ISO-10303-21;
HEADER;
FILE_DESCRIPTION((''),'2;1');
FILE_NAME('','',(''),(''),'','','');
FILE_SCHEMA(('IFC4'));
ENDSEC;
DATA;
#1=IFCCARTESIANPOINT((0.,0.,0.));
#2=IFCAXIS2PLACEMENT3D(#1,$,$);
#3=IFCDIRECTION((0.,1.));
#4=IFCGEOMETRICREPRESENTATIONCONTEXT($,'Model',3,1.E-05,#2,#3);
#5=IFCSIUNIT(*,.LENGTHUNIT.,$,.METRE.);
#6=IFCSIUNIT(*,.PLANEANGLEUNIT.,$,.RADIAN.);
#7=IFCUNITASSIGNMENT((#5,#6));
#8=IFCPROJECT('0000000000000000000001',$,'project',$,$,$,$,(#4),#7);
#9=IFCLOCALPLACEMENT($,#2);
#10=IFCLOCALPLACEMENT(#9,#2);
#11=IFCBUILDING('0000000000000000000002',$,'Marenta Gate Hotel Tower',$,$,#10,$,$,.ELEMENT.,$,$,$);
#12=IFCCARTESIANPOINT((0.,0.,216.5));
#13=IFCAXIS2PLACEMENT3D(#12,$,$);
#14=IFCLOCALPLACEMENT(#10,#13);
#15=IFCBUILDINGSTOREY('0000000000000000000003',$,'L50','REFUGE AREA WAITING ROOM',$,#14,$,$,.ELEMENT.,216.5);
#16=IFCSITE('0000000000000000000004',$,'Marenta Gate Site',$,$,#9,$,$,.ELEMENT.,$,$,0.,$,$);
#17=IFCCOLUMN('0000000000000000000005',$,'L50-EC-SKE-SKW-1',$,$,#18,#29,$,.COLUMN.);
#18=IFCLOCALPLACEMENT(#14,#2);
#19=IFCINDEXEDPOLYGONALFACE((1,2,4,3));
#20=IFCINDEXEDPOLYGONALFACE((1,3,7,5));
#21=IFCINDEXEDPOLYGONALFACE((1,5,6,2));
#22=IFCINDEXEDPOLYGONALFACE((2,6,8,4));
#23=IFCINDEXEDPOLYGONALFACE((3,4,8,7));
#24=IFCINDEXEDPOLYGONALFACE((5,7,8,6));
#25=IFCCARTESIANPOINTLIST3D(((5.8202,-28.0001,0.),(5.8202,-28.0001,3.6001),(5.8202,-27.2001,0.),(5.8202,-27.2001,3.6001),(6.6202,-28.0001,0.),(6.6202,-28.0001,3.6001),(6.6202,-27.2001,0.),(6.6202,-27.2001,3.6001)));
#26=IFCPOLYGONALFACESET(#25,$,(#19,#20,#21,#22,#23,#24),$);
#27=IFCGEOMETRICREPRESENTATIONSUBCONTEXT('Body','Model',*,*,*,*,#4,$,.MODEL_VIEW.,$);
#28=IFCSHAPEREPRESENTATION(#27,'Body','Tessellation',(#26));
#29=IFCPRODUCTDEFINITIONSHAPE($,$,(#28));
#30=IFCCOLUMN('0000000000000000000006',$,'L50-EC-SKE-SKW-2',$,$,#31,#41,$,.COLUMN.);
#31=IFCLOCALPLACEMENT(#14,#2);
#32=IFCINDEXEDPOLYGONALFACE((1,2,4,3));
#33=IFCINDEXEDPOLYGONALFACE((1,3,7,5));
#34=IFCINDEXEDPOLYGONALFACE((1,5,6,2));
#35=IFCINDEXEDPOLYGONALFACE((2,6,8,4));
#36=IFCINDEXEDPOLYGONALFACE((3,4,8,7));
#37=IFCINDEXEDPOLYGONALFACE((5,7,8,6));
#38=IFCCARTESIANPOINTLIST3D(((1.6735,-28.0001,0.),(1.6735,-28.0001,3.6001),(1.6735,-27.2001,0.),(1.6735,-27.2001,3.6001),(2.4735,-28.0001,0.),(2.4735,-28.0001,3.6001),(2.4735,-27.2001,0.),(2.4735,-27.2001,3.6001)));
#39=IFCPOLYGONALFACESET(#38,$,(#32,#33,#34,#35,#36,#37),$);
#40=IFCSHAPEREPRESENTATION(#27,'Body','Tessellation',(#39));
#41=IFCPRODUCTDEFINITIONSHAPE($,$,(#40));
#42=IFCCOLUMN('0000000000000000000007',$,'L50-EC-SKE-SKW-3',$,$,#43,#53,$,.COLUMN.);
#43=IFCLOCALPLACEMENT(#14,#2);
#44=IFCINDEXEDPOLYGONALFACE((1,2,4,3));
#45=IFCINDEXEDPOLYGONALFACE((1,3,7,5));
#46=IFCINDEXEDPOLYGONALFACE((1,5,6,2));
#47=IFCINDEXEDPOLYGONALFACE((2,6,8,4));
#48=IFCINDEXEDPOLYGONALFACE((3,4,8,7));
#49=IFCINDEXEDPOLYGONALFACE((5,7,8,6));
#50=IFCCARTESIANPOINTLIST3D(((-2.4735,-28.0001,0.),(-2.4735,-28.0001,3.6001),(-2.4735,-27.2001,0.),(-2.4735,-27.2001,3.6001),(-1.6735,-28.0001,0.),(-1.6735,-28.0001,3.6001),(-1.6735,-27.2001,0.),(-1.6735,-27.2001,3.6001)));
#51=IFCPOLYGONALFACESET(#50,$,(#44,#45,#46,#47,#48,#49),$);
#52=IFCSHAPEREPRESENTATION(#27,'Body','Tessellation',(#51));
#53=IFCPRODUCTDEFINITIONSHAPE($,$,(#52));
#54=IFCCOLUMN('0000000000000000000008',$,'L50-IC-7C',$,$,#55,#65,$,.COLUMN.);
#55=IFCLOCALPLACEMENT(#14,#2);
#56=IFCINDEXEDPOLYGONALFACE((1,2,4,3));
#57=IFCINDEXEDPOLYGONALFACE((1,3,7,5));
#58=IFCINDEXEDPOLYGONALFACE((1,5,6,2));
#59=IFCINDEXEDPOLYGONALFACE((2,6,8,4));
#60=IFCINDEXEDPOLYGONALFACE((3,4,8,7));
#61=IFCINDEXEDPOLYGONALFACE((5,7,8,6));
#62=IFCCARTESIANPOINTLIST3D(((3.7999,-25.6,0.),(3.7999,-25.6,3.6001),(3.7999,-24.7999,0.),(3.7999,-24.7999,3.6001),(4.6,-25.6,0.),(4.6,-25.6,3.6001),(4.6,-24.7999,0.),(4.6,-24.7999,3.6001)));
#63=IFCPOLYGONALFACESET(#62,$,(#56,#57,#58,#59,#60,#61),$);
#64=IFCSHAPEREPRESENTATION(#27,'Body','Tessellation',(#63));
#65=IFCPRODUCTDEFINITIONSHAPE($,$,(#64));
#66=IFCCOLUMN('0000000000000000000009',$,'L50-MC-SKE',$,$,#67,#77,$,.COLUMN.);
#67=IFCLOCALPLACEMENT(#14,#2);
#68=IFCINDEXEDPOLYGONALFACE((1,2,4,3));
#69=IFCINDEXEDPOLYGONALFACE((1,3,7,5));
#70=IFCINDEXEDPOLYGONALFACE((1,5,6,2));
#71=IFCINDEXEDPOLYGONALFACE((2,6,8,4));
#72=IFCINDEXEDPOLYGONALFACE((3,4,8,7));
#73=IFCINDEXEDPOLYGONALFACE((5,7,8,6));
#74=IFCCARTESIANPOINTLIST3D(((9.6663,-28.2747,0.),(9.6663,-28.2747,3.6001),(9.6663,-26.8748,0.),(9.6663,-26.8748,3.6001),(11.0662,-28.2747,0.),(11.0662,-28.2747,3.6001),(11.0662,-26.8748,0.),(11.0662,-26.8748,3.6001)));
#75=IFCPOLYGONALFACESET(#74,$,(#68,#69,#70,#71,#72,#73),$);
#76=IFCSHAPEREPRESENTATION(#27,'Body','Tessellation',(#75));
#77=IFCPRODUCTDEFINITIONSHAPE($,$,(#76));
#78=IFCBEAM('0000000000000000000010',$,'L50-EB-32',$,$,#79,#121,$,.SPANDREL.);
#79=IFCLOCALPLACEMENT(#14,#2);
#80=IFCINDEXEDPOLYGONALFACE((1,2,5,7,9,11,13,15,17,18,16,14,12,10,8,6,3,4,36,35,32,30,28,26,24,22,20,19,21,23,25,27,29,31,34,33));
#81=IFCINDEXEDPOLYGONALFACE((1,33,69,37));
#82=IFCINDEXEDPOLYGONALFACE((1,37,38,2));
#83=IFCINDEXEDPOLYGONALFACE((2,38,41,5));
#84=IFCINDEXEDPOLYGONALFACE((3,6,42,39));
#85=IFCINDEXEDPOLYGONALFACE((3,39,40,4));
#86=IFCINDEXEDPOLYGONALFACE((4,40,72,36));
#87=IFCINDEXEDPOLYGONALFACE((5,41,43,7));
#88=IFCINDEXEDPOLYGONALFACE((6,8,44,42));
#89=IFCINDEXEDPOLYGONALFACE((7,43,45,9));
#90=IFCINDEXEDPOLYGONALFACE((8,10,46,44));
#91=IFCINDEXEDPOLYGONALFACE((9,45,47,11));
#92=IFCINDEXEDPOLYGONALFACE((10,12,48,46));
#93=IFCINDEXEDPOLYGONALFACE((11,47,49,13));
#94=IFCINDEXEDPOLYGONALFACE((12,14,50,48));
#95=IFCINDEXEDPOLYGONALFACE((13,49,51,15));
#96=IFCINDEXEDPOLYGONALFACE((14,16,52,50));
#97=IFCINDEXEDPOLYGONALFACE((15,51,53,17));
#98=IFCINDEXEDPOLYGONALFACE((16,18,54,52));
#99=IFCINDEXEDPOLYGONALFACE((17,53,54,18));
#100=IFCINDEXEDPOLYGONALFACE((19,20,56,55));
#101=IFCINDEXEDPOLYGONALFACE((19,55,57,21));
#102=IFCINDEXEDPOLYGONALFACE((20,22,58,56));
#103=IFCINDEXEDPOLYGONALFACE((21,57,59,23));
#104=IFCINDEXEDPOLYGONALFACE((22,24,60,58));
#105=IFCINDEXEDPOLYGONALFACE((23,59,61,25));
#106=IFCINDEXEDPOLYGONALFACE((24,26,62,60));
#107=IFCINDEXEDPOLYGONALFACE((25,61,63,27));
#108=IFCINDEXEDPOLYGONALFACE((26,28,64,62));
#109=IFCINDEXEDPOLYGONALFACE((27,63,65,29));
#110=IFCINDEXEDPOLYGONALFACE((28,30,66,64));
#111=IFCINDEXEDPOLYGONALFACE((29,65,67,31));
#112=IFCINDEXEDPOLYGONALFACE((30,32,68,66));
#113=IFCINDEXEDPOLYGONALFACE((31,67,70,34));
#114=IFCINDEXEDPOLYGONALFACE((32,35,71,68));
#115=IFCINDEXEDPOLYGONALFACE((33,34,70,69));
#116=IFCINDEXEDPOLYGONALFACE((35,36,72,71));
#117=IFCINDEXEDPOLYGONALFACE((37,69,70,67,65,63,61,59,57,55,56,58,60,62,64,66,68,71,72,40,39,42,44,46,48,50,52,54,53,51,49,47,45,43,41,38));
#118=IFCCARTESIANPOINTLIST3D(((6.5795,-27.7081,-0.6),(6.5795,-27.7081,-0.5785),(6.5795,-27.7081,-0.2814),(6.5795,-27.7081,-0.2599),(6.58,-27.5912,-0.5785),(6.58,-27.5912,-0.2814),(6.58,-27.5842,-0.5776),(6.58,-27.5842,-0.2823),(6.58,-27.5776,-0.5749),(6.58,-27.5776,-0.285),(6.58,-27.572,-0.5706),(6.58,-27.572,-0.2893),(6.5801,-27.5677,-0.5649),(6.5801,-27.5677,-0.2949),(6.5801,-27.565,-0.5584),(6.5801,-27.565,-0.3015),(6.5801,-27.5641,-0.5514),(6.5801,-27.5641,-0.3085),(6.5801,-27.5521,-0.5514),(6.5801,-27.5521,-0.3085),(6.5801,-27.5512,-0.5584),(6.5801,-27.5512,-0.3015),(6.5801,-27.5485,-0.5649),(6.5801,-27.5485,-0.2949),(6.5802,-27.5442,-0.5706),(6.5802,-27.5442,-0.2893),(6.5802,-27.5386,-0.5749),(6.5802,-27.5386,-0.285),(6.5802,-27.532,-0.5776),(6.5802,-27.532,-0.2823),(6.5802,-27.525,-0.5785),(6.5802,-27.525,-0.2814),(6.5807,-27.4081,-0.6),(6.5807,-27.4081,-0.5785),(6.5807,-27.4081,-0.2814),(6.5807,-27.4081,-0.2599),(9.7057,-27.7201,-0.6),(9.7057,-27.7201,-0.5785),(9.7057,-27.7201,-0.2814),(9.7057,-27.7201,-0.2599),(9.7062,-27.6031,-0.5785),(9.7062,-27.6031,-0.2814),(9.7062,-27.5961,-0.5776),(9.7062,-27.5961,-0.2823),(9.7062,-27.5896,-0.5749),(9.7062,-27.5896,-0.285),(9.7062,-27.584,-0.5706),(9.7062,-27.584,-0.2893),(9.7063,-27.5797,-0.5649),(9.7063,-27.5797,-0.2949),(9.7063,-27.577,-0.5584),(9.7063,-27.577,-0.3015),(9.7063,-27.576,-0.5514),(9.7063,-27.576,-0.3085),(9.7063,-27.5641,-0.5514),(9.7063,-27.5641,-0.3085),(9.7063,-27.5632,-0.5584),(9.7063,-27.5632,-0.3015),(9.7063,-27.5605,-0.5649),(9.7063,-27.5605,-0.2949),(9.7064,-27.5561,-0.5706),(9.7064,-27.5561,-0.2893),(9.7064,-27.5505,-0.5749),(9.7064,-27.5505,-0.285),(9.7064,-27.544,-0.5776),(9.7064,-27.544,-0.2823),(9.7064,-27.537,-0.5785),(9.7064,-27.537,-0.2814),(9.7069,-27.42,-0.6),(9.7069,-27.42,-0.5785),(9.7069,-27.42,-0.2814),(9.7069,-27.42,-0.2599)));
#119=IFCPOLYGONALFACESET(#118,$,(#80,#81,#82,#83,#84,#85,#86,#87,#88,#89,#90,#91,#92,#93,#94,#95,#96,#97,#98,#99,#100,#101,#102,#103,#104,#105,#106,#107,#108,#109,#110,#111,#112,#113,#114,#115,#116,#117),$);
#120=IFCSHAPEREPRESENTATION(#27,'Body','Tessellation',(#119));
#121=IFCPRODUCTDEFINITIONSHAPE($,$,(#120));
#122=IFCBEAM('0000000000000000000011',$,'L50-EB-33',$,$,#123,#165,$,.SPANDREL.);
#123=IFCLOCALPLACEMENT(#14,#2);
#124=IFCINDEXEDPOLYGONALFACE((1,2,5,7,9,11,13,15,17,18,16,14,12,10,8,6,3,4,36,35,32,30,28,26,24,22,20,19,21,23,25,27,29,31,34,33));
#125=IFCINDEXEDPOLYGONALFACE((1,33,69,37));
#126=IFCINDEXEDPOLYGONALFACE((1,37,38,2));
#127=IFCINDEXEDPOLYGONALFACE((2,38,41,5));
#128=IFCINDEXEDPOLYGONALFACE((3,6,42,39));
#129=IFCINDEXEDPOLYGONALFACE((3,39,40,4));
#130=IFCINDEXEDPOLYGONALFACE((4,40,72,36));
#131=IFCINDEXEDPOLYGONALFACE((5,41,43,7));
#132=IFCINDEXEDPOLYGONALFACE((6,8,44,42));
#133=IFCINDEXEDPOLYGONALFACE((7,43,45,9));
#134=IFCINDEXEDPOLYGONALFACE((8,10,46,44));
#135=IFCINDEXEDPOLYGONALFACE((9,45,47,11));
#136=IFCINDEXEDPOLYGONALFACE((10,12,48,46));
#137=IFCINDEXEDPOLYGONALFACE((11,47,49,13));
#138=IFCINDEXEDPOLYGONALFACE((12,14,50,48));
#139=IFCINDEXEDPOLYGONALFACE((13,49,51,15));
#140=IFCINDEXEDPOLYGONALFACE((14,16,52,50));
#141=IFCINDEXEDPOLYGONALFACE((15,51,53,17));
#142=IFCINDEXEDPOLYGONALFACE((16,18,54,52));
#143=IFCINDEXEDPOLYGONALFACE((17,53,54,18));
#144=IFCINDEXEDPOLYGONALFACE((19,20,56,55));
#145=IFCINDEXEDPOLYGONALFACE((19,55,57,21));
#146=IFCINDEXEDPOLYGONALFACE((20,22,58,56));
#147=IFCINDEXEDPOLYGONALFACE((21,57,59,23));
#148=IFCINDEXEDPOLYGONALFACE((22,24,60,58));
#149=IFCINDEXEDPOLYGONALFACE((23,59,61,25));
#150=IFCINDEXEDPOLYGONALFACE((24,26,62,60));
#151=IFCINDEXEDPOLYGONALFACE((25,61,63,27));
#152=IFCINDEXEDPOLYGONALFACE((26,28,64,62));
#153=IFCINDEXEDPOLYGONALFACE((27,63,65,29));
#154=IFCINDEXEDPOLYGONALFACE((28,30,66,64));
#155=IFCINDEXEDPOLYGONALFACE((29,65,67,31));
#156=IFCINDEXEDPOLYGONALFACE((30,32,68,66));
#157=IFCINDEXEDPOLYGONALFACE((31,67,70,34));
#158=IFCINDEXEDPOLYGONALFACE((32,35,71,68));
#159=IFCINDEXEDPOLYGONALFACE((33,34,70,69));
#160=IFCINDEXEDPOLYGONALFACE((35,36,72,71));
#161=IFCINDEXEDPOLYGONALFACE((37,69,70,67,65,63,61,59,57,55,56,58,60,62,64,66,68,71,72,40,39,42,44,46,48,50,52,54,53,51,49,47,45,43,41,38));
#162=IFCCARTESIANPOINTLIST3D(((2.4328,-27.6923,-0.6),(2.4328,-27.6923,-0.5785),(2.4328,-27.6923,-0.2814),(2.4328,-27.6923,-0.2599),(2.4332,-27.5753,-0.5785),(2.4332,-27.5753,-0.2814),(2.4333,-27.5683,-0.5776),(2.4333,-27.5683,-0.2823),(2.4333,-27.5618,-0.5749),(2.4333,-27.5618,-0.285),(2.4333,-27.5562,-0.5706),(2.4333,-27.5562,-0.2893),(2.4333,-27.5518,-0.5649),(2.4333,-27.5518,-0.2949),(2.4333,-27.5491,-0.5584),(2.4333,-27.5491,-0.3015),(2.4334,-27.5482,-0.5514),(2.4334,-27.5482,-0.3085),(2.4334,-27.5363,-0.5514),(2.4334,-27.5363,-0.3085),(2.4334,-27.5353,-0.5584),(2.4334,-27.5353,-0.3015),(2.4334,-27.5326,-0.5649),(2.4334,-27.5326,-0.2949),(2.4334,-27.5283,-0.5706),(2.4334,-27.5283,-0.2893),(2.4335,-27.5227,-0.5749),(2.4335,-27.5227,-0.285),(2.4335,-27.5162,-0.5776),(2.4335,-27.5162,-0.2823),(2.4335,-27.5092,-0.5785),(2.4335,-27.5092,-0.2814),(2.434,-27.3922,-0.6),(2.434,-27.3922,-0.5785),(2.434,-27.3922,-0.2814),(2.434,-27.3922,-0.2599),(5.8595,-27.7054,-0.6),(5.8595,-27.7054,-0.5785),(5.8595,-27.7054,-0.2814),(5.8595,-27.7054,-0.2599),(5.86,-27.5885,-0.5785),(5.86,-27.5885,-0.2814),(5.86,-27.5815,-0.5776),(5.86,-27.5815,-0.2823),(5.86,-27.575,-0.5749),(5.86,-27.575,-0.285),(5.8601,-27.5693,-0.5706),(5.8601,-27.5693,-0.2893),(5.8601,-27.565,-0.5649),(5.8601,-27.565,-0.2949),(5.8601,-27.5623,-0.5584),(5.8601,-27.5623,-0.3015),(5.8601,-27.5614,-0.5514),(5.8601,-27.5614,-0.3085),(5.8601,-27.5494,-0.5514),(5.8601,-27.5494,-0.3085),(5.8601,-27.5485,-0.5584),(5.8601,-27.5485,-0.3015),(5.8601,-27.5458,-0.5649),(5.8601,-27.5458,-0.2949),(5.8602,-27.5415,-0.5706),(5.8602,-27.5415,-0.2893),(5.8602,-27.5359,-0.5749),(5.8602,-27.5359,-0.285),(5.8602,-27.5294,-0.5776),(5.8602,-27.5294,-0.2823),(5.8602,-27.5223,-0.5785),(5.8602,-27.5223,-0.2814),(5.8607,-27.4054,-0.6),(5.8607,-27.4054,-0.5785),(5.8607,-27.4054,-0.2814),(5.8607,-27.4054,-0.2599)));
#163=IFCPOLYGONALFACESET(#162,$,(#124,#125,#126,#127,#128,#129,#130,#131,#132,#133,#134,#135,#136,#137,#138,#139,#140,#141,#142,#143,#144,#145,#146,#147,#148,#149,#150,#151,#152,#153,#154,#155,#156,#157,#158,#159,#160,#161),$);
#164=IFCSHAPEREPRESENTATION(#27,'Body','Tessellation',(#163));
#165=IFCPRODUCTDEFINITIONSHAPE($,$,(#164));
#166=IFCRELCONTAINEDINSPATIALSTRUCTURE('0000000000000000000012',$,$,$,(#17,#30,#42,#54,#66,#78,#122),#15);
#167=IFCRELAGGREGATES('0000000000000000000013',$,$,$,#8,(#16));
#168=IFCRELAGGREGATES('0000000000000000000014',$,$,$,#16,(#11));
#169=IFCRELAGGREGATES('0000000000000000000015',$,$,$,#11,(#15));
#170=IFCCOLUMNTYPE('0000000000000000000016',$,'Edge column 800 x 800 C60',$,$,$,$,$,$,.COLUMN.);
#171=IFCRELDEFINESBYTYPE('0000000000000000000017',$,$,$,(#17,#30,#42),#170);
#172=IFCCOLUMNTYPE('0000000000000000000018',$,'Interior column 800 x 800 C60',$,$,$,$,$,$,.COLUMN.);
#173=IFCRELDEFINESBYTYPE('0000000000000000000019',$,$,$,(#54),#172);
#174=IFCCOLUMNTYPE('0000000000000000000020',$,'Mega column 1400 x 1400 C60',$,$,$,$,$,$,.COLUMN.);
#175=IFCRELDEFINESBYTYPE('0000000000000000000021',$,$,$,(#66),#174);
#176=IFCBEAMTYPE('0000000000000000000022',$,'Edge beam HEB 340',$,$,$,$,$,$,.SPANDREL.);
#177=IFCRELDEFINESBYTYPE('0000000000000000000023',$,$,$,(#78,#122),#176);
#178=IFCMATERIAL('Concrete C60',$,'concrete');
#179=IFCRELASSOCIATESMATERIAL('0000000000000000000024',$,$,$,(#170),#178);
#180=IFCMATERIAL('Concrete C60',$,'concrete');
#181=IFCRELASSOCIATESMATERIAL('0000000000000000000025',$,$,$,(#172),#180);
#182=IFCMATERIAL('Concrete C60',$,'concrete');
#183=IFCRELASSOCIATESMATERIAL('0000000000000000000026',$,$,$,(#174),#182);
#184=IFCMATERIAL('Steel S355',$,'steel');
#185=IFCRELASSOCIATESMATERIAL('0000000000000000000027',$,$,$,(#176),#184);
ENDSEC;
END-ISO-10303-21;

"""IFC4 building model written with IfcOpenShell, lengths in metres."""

from ifc_helpers import new_model, si_unit, direction, frame, origin, origin_2d, place, context, subcontext, project, spatial, rectangle, i_section, extrude, material, material_profile, profile_set, type_object, element, save


model = new_model("IFC4")

# Units and contexts
model_context = context("Model", 3, precision=1e-05, world=origin(), true_north=direction((0.0, 1.0)))
body_context = subcontext(model_context, "Body", "Model", "MODEL_VIEW")
ifc_project = project(units=[si_unit("LENGTHUNIT", "METRE"), si_unit("PLANEANGLEUNIT", "RADIAN")], contexts=[model_context])

# Site, building, storey
site_placement = place(None, origin())
site = spatial("IfcSite", under=ifc_project, at=site_placement, Name="Marenta Gate Site", CompositionType="ELEMENT", RefElevation=0.0)
building_placement = place(site_placement, origin())
building = spatial("IfcBuilding", under=site, at=building_placement, Name="Marenta Gate Hotel Tower", CompositionType="ELEMENT")
storey_placement = place(building_placement, frame((0.0, 0.0, 216.5)))
storey = spatial("IfcBuildingStorey", under=building, at=storey_placement, Name="L50", Description="REFUGE AREA WAITING ROOM", CompositionType="ELEMENT", Elevation=216.5)

# Columns
ifc_material_1 = material(Name="Concrete C60", Category="concrete")
ifc_material_profile_1 = material_profile(ifc_material_1, rectangle(XDim=0.8, YDim=0.8, at=origin_2d()), Name="800 x 800")
ifc_profile_set_1 = profile_set([ifc_material_profile_1], Name="Concrete C60")
column_type_1 = type_object("IfcColumnType", Name="Edge column 800 x 800 C60", PredefinedType="COLUMN", material=ifc_profile_set_1)
for number, where, z_axis, x_axis, name in (
    (1, (6.2202, -27.6001, 0.0), (0.0, 0.0, 1.0), (1.0, 0.0, 0.0), "L50-EC-SKE-SKW-1"),
    (2, (2.0735, -27.6001, 0.0), (0.0, 0.0, 1.0), (1.0, 0.0, 0.0), "L50-EC-SKE-SKW-2"),
    (3, (-2.0735, -27.6001, 0.0), (0.0, 0.0, 1.0), (1.0, 0.0, 0.0), "L50-EC-SKE-SKW-3"),
):
    element("IfcColumn", number, at=place(storey_placement, frame(where, z_axis=z_axis, x_axis=x_axis)), inside=storey, type_object=column_type_1, Name=name, PredefinedType="COLUMN", context=body_context, shape_type="SweptSolid", body=[
        extrude(rectangle(XDim=0.8, YDim=0.8, at=origin_2d()), origin(), (0.0, 0.0, 1.0), 3.6001),
    ])
ifc_material_2 = material(Name="Concrete C60", Category="concrete")
ifc_material_profile_2 = material_profile(ifc_material_2, rectangle(XDim=0.8, YDim=0.8, at=origin_2d()), Name="800 x 800")
ifc_profile_set_2 = profile_set([ifc_material_profile_2], Name="Concrete C60")
column_type_2 = type_object("IfcColumnType", Name="Interior column 800 x 800 C60", PredefinedType="COLUMN", material=ifc_profile_set_2)
column_1_placement = place(storey_placement, frame((4.2, -25.2, 0.0), z_axis=(0.0, 0.0, 1.0), x_axis=(1.0, 0.0, 0.0)))
element("IfcColumn", 4, at=column_1_placement, inside=storey, type_object=column_type_2, Name="L50-IC-7C", PredefinedType="COLUMN", context=body_context, shape_type="SweptSolid", body=[
    extrude(rectangle(XDim=0.8, YDim=0.8, at=origin_2d()), origin(), (0.0, 0.0, 1.0), 3.6001),
])
ifc_material_3 = material(Name="Concrete C60", Category="concrete")
ifc_material_profile_3 = material_profile(ifc_material_3, rectangle(XDim=1.3999, YDim=1.3999, at=origin_2d()), Name="1400 x 1400")
ifc_profile_set_3 = profile_set([ifc_material_profile_3], Name="Concrete C60")
column_type_3 = type_object("IfcColumnType", Name="Mega column 1400 x 1400 C60", PredefinedType="COLUMN", material=ifc_profile_set_3)
column_2_placement = place(storey_placement, frame((10.3662, -27.5747, 0.0), z_axis=(0.0, 0.0, 1.0), x_axis=(1.0, 0.0, 0.0)))
element("IfcColumn", 5, at=column_2_placement, inside=storey, type_object=column_type_3, Name="L50-MC-SKE", PredefinedType="COLUMN", context=body_context, shape_type="SweptSolid", body=[
    extrude(rectangle(XDim=1.3999, YDim=1.3999, at=origin_2d()), origin(), (0.0, 0.0, 1.0), 3.6001),
])

# Beams
ifc_material_4 = material(Name="Steel S355", Category="steel")
ifc_material_profile_4 = material_profile(ifc_material_4, i_section(OverallWidth=0.3, OverallDepth=0.3401, WebThickness=0.012, FlangeThickness=0.0215, FilletRadius=0.0271, at=origin_2d()), Name="HEB 340")
ifc_profile_set_4 = profile_set([ifc_material_profile_4], Name="Steel S355")
beam_type = type_object("IfcBeamType", Name="Edge beam HEB 340", PredefinedType="SPANDREL", material=ifc_profile_set_4)
beam_placement = place(storey_placement, frame((9.7063, -27.5701, -0.4299), z_axis=(-0.999993, 0.003827, 0.0), x_axis=(-0.003827, -0.999993, 0.0)))
element("IfcBeam", 6, at=beam_placement, inside=storey, type_object=beam_type, Name="L50-EB-32", PredefinedType="SPANDREL", context=body_context, shape_type="SweptSolid", body=[
    extrude(i_section(OverallWidth=0.3, OverallDepth=0.3401, WebThickness=0.012, FlangeThickness=0.0215, FilletRadius=0.0271, at=origin_2d()), origin(), (0.0, 0.0, 1.0), 3.1262),
])
for number, where, z_axis, x_axis, name in (
    (7, (5.8601, -27.5554, -0.4299), (-0.999993, 0.003847, 0.0), (-0.003847, -0.999993, 0.0), "L50-EB-33"),
):
    element("IfcBeam", number, at=place(storey_placement, frame(where, z_axis=z_axis, x_axis=x_axis)), inside=storey, type_object=beam_type, Name=name, PredefinedType="SPANDREL", context=body_context, shape_type="SweptSolid", body=[
        extrude(i_section(OverallWidth=0.3, OverallDepth=0.3401, WebThickness=0.012, FlangeThickness=0.0215, FilletRadius=0.0271, at=origin_2d()), origin(), (0.0, 0.0, 1.0), 3.4268),
    ])

save(model, "model.ifc")
